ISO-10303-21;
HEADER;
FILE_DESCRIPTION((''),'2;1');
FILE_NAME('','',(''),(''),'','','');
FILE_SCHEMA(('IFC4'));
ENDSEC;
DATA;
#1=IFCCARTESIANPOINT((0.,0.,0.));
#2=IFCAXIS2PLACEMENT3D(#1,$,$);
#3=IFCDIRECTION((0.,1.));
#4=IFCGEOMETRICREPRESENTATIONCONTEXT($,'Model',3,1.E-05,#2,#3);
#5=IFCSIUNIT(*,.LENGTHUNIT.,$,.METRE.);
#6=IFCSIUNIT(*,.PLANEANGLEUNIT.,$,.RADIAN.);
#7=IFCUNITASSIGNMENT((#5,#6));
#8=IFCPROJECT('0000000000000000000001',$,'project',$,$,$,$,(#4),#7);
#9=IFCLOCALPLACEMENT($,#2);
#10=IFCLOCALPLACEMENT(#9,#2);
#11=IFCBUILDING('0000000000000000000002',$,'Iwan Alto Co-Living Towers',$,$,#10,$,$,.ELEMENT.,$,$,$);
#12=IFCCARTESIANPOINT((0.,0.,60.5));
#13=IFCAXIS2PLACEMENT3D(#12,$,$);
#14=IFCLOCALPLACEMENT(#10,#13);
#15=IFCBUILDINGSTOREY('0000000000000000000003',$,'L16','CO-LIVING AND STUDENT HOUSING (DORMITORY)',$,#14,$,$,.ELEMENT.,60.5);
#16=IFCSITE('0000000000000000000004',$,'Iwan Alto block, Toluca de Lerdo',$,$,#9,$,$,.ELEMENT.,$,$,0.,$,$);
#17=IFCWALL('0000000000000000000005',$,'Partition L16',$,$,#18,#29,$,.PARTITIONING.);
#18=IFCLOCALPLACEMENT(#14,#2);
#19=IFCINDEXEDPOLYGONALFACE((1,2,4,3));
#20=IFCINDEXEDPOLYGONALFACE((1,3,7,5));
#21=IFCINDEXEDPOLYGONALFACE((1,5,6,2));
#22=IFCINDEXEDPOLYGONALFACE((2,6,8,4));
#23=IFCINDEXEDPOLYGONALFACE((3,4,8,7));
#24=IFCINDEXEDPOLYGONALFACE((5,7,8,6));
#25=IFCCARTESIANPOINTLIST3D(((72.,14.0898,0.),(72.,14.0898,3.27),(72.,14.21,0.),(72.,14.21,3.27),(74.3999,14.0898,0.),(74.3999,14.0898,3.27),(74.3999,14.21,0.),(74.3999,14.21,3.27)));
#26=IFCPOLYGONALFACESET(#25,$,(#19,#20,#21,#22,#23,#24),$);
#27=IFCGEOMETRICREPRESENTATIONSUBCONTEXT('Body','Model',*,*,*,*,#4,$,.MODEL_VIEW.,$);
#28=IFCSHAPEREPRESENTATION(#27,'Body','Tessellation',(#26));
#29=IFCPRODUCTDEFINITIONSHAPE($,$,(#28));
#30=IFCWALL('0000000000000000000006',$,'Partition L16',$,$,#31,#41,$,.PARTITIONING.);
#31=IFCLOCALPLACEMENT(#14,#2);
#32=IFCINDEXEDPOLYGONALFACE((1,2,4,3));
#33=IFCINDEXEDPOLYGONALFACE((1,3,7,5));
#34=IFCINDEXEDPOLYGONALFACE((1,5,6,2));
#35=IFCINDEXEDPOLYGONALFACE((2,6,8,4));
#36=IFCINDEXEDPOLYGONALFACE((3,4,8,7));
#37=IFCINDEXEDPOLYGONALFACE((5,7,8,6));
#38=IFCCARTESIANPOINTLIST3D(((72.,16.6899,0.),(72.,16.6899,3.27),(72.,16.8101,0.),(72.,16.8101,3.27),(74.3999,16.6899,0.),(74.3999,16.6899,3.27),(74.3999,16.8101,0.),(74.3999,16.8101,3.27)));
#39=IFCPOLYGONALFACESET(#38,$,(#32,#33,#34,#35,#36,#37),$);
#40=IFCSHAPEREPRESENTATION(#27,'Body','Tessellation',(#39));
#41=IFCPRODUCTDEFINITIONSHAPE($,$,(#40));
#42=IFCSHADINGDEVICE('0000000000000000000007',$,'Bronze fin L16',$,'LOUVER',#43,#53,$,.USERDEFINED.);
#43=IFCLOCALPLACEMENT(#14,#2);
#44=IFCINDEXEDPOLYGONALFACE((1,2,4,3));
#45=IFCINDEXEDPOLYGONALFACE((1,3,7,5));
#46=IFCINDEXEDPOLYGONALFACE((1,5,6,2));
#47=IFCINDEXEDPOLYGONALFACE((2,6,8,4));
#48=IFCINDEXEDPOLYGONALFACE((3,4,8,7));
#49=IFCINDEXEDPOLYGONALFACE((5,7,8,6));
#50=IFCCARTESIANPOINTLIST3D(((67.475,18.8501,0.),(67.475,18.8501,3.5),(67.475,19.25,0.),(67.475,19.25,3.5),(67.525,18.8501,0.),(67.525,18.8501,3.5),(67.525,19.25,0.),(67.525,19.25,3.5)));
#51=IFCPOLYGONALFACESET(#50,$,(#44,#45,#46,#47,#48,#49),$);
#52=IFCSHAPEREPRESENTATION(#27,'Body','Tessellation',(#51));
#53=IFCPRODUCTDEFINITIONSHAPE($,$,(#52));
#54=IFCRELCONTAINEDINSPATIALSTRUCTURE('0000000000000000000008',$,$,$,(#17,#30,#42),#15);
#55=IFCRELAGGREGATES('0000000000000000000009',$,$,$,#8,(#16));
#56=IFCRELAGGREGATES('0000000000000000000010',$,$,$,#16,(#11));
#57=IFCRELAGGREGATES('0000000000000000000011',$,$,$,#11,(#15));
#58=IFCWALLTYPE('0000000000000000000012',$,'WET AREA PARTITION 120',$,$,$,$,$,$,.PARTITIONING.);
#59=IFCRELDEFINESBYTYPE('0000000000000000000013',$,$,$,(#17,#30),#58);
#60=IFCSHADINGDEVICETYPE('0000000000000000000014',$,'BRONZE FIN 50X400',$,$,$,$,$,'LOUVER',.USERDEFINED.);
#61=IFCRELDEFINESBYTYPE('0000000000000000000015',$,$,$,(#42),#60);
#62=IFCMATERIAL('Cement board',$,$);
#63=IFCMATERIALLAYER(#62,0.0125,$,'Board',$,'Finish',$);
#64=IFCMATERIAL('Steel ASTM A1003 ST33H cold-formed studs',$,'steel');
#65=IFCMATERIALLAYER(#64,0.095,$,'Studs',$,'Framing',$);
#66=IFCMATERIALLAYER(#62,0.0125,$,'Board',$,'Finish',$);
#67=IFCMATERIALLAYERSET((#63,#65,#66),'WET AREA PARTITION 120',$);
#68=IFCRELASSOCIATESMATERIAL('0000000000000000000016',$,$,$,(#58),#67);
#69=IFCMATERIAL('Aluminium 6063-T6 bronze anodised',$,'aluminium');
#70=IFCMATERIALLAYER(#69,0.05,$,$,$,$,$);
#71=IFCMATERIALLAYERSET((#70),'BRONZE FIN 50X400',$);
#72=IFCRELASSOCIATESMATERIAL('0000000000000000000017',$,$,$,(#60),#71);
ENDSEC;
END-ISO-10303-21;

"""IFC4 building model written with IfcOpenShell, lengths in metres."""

from ifc_helpers import new_model, si_unit, direction, frame, frame_2d, origin, origin_2d, place, context, subcontext, project, spatial, rectangle, extrude, material, layer, layer_set, type_object, element, save


model = new_model("IFC4")

# Units and contexts
model_context = context("Model", 3, precision=1e-05, world=origin(), true_north=direction((0.0, 1.0)))
body_context = subcontext(model_context, "Body", "Model", "MODEL_VIEW")
ifc_project = project(units=[si_unit("LENGTHUNIT", "METRE"), si_unit("PLANEANGLEUNIT", "RADIAN")], contexts=[model_context])

# Site, building, storey
site_placement = place(None, origin())
site = spatial("IfcSite", under=ifc_project, at=site_placement, Name="Iwan Alto block, Toluca de Lerdo", CompositionType="ELEMENT", RefElevation=0.0)
building_placement = place(site_placement, origin())
building = spatial("IfcBuilding", under=site, at=building_placement, Name="Iwan Alto Co-Living Towers", CompositionType="ELEMENT")
storey_placement = place(building_placement, frame((0.0, 0.0, 60.5)))
storey = spatial("IfcBuildingStorey", under=building, at=storey_placement, Name="L16", Description="CO-LIVING AND STUDENT HOUSING (DORMITORY)", CompositionType="ELEMENT", Elevation=60.5)

# Walls
ifc_material_1 = material(Name="Cement board")
ifc_layer_1 = layer(ifc_material_1, 0.0125, Name="Board", Category="Finish")
ifc_material_2 = material(Name="Steel ASTM A1003 ST33H cold-formed studs", Category="steel")
ifc_layer_2 = layer(ifc_material_2, 0.095, Name="Studs", Category="Framing")
ifc_layer_3 = layer(ifc_material_1, 0.0125, Name="Board", Category="Finish")
ifc_layer_set_1 = layer_set([ifc_layer_1, ifc_layer_2, ifc_layer_3], Name="WET AREA PARTITION 120")
wall_type = type_object("IfcWallType", Name="WET AREA PARTITION 120", PredefinedType="PARTITIONING", material=ifc_layer_set_1)
for number, where, z_axis, x_axis, name in (
    (1, (72.0, 14.1499, 0.0), (0.0, 0.0, 1.0), (1.0, 0.0, 0.0), "Partition L16"),
    (2, (72.0, 16.75, 0.0), (0.0, 0.0, 1.0), (1.0, 0.0, 0.0), "Partition L16"),
):
    element("IfcWall", number, at=place(storey_placement, frame(where, z_axis=z_axis, x_axis=x_axis)), inside=storey, type_object=wall_type, Name=name, PredefinedType="PARTITIONING", context=body_context, shape_type="SweptSolid", body=[
        extrude(rectangle(XDim=2.3999, YDim=0.1201, at=frame_2d((1.2, 0.0))), origin(), (0.0, 0.0, 1.0), 3.27),
    ])

# Shading device
ifc_material_3 = material(Name="Aluminium 6063-T6 bronze anodised", Category="aluminium")
ifc_layer_4 = layer(ifc_material_3, 0.05)
ifc_layer_set_2 = layer_set([ifc_layer_4], Name="BRONZE FIN 50X400")
shading_device_type = type_object("IfcShadingDeviceType", Name="BRONZE FIN 50X400", ElementType="LOUVER", PredefinedType="USERDEFINED", material=ifc_layer_set_2)
shading_device_placement = place(storey_placement, frame((67.5, 19.05, 0.0), z_axis=(0.0, 0.0, 1.0), x_axis=(-1.0, 0.0, 0.0)))
element("IfcShadingDevice", 3, at=shading_device_placement, inside=storey, type_object=shading_device_type, Name="Bronze fin L16", ObjectType="LOUVER", PredefinedType="USERDEFINED", context=body_context, shape_type="SweptSolid", body=[
    extrude(rectangle(XDim=0.05, YDim=0.3999, at=origin_2d()), origin(), (0.0, 0.0, 1.0), 3.5),
])

save(model, "model.ifc")
